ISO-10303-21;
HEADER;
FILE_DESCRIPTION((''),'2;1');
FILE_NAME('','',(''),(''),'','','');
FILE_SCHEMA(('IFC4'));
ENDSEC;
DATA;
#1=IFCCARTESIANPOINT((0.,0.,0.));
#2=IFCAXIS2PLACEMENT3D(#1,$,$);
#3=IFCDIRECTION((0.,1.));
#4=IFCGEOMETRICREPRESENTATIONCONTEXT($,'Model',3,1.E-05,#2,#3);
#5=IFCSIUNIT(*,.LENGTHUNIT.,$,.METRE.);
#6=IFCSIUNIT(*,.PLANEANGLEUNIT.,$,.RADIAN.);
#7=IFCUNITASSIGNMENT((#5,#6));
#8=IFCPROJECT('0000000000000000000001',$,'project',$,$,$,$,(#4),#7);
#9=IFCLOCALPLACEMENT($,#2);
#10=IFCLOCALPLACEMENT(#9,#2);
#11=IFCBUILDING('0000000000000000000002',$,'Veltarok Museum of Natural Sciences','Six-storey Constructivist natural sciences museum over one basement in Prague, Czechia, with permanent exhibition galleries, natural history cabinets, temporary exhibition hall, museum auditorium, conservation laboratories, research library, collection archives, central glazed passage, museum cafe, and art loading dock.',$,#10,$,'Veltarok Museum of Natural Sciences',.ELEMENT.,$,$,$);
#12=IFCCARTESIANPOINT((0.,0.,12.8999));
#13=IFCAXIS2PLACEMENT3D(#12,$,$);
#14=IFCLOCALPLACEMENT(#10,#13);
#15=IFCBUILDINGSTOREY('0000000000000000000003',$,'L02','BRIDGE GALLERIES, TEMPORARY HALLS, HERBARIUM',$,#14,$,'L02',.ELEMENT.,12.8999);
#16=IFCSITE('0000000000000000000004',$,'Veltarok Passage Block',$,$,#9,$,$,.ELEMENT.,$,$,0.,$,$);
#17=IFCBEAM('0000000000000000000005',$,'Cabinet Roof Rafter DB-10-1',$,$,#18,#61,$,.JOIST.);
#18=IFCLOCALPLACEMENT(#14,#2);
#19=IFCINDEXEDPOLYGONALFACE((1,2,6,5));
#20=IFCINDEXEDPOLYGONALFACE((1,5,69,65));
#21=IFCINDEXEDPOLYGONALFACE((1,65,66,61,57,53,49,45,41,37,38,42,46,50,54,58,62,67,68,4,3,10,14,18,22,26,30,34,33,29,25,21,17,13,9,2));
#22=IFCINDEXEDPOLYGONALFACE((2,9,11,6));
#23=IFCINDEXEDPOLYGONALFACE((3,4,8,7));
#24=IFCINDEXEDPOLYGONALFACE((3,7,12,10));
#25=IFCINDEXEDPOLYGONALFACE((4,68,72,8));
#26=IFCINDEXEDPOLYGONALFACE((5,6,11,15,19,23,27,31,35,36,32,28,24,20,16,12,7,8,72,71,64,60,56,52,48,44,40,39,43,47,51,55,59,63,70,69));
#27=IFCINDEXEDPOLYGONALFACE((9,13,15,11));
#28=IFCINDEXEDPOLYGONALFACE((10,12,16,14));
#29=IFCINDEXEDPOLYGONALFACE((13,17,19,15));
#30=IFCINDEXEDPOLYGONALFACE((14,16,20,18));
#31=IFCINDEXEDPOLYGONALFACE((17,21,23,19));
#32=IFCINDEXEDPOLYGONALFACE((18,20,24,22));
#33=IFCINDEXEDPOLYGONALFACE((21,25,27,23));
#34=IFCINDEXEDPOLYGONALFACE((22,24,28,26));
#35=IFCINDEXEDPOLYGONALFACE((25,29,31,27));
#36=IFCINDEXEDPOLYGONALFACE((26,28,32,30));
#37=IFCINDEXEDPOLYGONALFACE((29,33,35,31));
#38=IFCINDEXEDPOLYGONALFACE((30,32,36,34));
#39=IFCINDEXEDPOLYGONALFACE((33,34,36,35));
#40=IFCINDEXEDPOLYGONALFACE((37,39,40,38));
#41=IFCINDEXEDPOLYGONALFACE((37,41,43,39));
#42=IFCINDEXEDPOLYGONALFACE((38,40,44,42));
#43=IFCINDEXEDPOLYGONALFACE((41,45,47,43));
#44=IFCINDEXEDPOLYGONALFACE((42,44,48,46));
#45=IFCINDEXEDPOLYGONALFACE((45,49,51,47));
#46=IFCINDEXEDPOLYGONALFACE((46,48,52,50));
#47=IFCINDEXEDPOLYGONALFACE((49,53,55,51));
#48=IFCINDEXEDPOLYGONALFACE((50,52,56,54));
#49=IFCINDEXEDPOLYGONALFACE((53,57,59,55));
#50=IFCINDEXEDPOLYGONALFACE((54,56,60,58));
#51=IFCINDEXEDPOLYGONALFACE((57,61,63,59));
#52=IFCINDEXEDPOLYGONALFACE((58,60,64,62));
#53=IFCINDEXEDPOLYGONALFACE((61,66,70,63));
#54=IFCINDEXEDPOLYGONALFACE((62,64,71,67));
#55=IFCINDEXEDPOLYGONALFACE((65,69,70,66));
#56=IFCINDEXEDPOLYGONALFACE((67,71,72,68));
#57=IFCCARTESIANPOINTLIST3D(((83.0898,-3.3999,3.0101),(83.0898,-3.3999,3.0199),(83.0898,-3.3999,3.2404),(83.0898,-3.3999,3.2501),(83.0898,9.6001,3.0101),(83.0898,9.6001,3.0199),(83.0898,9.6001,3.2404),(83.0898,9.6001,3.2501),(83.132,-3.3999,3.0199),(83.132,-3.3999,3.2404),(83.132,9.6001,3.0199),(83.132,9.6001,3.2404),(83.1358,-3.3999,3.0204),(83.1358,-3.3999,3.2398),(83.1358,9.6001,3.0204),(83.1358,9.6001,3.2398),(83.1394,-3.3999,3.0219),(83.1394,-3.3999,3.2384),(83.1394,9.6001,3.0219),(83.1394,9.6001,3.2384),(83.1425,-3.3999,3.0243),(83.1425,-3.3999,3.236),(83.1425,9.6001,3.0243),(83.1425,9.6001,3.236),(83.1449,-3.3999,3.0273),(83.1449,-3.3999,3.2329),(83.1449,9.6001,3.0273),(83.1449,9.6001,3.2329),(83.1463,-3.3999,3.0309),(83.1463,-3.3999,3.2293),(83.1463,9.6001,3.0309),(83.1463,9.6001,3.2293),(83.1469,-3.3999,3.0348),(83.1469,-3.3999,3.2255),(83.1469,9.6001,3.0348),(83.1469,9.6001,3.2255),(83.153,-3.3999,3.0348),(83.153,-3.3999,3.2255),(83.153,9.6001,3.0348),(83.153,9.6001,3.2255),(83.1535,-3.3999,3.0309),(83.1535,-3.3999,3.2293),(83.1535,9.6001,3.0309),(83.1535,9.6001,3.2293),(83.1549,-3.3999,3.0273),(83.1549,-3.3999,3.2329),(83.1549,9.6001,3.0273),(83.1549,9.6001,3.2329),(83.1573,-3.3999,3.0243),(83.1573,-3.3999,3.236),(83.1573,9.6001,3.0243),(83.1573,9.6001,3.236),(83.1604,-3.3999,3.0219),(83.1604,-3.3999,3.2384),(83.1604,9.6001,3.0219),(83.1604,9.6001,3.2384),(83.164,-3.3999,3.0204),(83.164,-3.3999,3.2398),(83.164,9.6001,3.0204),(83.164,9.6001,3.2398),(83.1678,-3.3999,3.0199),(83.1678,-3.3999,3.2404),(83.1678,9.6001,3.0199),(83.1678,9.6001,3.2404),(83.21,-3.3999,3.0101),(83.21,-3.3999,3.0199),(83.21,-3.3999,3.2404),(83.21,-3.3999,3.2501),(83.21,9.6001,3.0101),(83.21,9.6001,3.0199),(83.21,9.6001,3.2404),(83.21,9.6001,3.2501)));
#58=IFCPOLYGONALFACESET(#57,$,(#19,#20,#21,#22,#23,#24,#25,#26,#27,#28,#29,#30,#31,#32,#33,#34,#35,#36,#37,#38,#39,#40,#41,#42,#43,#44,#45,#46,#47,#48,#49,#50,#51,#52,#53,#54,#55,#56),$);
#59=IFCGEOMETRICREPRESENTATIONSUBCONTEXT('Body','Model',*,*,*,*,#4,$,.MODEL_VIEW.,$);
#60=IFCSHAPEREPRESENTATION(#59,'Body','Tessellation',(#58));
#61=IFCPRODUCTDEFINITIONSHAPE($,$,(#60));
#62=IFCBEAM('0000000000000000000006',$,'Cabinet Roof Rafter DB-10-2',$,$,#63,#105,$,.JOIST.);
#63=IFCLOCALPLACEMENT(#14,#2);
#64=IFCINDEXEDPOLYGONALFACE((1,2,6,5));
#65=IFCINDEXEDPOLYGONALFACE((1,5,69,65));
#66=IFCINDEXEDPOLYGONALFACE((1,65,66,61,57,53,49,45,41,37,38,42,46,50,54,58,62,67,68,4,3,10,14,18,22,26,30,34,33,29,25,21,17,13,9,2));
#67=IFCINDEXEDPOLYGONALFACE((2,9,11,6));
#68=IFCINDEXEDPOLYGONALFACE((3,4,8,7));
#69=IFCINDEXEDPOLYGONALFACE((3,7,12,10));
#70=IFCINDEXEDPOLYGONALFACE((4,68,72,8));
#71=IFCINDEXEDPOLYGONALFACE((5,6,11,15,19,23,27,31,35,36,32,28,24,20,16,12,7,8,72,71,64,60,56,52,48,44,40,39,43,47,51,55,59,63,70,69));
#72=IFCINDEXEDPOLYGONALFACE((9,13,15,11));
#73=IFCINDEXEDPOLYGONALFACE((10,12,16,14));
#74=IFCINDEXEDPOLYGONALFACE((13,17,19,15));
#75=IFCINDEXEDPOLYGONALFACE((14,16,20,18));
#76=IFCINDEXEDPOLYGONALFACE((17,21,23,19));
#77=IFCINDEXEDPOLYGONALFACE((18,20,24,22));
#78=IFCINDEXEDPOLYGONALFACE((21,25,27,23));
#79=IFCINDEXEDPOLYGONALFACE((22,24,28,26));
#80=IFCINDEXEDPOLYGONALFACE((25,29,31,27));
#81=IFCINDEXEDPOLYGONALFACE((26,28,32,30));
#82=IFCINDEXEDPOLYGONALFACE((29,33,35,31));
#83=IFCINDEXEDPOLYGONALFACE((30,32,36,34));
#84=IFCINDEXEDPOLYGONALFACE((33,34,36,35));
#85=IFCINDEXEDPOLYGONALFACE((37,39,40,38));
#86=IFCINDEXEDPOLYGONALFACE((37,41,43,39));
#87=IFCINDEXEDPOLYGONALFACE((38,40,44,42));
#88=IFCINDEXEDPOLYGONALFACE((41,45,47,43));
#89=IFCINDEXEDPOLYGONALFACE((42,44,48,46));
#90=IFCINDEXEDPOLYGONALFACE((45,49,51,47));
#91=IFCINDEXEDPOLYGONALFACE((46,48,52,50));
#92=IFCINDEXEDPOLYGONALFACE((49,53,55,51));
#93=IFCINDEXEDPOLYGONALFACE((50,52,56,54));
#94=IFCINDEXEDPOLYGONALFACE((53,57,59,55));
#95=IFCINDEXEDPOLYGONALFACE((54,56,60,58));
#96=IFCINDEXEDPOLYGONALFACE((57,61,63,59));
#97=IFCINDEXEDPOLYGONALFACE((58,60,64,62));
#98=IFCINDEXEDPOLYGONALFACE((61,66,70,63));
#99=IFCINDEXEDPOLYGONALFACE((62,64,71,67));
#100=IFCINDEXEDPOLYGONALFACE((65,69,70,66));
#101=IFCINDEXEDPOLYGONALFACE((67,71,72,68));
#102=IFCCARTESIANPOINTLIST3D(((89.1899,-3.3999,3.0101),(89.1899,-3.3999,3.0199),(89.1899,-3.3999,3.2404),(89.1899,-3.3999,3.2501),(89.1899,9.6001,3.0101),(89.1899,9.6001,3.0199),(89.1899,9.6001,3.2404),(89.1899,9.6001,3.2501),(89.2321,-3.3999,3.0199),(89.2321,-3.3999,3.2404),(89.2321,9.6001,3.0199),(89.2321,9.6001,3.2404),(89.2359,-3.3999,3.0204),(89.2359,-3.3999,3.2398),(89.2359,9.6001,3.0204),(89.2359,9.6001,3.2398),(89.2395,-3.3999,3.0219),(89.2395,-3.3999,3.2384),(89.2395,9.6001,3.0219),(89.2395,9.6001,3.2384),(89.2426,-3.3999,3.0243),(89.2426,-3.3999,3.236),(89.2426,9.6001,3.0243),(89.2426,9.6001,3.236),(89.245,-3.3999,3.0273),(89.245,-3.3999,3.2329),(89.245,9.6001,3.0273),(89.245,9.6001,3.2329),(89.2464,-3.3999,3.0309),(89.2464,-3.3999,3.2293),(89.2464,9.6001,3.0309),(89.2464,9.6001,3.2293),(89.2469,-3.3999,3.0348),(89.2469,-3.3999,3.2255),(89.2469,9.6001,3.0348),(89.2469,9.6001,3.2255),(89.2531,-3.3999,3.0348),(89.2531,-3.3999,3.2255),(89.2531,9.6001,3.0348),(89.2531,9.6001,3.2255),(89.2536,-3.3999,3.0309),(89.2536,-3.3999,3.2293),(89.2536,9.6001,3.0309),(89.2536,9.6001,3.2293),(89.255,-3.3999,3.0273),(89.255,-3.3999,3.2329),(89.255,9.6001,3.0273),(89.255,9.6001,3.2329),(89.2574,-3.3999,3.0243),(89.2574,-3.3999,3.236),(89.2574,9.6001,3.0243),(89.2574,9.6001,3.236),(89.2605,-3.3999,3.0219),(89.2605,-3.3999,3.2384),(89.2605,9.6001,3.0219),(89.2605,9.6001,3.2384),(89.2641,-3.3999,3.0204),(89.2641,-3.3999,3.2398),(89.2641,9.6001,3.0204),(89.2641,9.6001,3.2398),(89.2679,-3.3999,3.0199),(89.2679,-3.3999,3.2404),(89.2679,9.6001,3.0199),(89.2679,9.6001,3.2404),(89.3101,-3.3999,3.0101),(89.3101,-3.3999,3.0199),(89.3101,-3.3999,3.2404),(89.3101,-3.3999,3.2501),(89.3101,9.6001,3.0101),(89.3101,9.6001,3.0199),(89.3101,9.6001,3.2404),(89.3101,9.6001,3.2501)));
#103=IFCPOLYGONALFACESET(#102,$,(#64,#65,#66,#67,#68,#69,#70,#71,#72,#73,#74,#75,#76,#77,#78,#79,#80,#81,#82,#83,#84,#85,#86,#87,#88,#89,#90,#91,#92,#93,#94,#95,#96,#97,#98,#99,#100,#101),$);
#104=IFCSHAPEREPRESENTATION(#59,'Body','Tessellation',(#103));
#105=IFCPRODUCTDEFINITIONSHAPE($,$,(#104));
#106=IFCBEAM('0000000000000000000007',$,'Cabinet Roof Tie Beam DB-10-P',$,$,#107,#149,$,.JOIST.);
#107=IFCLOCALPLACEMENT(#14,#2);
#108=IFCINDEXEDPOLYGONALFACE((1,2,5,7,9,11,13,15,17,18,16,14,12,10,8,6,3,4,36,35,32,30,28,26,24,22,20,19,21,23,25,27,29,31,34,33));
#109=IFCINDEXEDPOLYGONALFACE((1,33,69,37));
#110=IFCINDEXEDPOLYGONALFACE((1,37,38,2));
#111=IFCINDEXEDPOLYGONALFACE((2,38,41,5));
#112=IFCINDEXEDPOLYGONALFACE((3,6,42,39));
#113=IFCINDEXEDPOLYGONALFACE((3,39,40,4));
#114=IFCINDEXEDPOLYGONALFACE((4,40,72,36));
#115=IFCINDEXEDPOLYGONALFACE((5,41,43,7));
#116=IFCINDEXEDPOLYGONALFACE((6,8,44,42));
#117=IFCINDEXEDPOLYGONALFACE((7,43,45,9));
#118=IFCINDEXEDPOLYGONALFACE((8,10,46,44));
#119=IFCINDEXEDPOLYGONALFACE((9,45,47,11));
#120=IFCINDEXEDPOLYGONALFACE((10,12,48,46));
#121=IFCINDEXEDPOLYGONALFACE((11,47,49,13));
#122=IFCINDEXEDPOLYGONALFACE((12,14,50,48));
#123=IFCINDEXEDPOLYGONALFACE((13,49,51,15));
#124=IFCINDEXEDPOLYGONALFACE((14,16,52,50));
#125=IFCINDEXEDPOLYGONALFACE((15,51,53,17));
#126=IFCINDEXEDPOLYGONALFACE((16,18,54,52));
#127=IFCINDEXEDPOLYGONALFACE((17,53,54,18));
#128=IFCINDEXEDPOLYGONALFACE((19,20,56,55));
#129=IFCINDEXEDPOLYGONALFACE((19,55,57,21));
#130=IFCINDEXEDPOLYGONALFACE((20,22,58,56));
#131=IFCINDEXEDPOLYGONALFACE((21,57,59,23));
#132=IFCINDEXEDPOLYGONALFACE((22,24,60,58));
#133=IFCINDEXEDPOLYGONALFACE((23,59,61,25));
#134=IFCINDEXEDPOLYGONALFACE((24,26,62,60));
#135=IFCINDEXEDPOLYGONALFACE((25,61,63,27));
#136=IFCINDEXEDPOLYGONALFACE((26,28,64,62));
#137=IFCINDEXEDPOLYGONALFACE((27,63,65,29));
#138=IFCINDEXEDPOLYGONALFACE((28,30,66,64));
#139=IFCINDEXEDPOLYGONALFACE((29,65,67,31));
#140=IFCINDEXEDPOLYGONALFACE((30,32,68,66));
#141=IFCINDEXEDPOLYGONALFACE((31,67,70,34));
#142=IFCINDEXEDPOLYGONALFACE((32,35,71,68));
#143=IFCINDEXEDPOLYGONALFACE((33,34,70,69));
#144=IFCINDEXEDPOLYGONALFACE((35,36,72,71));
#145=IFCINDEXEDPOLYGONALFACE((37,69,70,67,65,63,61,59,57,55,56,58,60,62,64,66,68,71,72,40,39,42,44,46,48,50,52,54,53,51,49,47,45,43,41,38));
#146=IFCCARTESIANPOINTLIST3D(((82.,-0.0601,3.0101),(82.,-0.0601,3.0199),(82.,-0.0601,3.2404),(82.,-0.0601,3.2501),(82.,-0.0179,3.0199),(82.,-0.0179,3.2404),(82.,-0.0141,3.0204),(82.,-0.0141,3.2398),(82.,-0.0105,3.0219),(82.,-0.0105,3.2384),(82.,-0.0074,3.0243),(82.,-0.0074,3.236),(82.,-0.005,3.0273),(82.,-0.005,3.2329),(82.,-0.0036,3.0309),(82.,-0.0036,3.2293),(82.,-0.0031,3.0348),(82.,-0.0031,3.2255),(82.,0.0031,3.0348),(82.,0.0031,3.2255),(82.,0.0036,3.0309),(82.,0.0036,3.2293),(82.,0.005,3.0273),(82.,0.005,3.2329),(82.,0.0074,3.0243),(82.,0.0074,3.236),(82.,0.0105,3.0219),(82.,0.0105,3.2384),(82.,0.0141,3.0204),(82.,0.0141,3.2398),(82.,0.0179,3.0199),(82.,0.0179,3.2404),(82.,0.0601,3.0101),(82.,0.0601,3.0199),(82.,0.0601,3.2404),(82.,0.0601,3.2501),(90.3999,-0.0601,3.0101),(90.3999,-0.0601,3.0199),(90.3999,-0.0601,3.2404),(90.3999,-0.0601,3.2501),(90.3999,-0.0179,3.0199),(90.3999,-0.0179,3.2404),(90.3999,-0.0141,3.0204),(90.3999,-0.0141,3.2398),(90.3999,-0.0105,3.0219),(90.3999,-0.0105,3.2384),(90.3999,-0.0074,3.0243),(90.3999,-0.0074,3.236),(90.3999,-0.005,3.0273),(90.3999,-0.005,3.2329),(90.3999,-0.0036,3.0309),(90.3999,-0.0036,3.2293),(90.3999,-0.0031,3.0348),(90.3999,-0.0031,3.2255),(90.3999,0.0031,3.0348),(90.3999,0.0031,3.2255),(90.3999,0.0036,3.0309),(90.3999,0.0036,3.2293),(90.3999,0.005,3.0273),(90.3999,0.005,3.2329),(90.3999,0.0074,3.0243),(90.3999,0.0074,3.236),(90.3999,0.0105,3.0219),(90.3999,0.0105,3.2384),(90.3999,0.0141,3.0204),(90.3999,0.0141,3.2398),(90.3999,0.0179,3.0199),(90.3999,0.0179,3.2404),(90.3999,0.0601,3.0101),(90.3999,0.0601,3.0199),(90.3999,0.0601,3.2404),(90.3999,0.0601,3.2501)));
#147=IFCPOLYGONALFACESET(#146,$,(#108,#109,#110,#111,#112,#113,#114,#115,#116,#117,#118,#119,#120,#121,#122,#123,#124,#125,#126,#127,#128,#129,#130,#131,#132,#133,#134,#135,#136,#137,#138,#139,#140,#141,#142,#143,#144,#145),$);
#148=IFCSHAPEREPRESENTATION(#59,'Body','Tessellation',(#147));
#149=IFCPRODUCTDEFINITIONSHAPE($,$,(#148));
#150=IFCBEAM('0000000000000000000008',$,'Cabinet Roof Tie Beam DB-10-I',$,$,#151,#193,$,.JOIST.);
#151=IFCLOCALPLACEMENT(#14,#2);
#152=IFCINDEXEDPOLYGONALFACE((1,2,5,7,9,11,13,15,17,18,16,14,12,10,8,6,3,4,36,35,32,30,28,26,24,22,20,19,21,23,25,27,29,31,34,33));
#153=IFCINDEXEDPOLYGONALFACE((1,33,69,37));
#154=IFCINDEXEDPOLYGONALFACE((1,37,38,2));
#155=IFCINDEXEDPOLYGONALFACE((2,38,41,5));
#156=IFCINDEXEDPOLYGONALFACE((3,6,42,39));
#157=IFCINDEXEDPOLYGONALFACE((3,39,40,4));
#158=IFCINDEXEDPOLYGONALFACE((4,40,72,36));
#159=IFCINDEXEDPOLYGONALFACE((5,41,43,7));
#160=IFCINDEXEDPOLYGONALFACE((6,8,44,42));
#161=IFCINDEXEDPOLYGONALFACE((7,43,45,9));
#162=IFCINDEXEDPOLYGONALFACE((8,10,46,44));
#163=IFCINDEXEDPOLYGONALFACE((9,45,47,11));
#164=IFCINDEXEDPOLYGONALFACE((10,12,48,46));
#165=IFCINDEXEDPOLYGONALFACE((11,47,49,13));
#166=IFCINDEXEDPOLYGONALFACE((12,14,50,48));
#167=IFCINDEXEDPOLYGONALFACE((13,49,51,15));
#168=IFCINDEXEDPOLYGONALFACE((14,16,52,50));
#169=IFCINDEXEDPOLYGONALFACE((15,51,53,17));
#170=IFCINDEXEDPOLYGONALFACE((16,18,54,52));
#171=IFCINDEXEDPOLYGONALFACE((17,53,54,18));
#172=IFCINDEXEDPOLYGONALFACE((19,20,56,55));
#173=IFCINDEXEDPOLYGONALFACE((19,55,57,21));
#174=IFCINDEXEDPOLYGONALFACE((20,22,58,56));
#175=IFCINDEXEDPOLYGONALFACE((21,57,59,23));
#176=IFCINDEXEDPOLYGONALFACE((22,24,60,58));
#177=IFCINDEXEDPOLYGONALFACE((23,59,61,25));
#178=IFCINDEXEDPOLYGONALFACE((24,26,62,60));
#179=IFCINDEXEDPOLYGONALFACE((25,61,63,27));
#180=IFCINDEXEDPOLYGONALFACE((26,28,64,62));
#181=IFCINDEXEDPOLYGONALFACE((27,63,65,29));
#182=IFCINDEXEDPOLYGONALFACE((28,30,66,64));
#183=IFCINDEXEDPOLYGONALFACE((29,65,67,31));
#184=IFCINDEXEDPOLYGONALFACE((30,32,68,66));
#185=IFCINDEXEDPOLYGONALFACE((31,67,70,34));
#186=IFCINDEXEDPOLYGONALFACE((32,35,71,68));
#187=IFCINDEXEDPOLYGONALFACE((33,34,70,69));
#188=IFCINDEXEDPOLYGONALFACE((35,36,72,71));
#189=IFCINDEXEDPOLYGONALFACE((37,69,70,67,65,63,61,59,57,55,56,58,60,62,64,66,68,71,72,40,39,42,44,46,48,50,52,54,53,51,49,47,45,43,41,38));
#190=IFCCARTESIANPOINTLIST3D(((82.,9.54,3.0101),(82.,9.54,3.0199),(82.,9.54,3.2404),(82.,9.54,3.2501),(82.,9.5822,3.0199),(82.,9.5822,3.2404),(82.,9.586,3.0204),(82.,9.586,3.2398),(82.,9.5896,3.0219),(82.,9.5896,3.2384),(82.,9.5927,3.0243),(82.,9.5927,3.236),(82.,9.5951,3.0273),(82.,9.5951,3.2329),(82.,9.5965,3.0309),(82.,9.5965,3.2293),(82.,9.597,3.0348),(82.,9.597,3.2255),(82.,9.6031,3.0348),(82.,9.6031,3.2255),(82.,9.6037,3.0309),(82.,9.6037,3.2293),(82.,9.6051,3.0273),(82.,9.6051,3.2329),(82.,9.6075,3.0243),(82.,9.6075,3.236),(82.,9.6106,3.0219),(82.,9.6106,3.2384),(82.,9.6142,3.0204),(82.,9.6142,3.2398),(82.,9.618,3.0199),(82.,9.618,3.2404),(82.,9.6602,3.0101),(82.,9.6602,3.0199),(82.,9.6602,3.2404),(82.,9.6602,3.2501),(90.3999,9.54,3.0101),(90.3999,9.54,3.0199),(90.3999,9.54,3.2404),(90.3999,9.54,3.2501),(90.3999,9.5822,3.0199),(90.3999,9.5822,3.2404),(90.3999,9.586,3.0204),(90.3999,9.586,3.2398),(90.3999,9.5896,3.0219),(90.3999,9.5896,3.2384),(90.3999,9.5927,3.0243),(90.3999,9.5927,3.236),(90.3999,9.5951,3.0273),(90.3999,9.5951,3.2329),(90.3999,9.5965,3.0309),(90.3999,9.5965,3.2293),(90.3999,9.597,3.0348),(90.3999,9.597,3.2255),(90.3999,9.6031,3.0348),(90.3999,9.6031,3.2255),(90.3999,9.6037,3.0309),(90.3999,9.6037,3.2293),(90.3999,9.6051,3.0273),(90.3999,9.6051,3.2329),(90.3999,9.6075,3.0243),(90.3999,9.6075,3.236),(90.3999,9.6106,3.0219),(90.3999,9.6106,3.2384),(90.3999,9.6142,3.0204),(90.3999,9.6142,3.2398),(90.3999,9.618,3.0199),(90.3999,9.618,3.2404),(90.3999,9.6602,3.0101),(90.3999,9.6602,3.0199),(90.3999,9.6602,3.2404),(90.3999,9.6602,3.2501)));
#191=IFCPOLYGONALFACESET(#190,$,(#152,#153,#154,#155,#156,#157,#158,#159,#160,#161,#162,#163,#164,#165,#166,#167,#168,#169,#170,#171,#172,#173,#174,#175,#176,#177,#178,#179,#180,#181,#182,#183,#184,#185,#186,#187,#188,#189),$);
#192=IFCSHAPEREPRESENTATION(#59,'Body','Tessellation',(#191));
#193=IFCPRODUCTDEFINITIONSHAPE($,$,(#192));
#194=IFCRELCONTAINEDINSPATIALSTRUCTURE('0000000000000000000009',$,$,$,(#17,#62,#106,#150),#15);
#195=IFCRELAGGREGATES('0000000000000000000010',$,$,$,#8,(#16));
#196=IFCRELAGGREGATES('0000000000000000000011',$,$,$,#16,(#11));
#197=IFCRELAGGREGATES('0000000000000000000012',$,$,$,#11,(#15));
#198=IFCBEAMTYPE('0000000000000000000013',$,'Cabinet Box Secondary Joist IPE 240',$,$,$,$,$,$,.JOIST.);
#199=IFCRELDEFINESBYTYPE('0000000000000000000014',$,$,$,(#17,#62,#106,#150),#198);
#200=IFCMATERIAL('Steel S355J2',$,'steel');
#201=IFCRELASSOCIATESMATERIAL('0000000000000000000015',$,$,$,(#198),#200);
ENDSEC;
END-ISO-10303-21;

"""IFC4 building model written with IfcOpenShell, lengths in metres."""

from ifc_helpers import new_model, si_unit, direction, frame, origin, origin_2d, place, context, subcontext, project, spatial, i_section, extrude, material, material_profile, profile_set, type_object, element, save


model = new_model("IFC4")

# Units and contexts
model_context = context("Model", 3, precision=1e-05, world=origin(), true_north=direction((0.0, 1.0)))
body_context = subcontext(model_context, "Body", "Model", "MODEL_VIEW")
ifc_project = project(units=[si_unit("LENGTHUNIT", "METRE"), si_unit("PLANEANGLEUNIT", "RADIAN")], contexts=[model_context])

# Site, building, storey
site_placement = place(None, origin())
site = spatial("IfcSite", under=ifc_project, at=site_placement, Name="Veltarok Passage Block", CompositionType="ELEMENT", RefElevation=0.0)
building_placement = place(site_placement, origin())
building = spatial("IfcBuilding", under=site, at=building_placement, Name="Veltarok Museum of Natural Sciences", Description="Six-storey Constructivist natural sciences museum over one basement in Prague, Czechia, with permanent exhibition galleries, natural history cabinets, temporary exhibition hall, museum auditorium, conservation laboratories, research library, collection archives, central glazed passage, museum cafe, and art loading dock.", LongName="Veltarok Museum of Natural Sciences", CompositionType="ELEMENT")
storey_placement = place(building_placement, frame((0.0, 0.0, 12.8999)))
storey = spatial("IfcBuildingStorey", under=building, at=storey_placement, Name="L02", Description="BRIDGE GALLERIES, TEMPORARY HALLS, HERBARIUM", LongName="L02", CompositionType="ELEMENT", Elevation=12.8999)

# Shared definitions
ifc_material_1 = material(Name="Steel S355J2", Category="steel")

# Beams
ifc_material_profile_1 = material_profile(ifc_material_1, i_section(OverallWidth=0.1201, OverallDepth=0.24, WebThickness=0.0061, FlangeThickness=0.0098, FilletRadius=0.0149, at=origin_2d()), Name="IPE 240")
ifc_profile_set_1 = profile_set([ifc_material_profile_1], Name="Steel S355J2")
beam_type_1 = type_object("IfcBeamType", Name="Cabinet Box Secondary Joist IPE 240", PredefinedType="JOIST", material=ifc_profile_set_1)
for number, where, z_axis, x_axis, name in (
    (1, (83.1499, -3.3999, 3.1301), (0.0, 1.0, 0.0), (-1.0, 0.0, 0.0), "Cabinet Roof Rafter DB-10-1"),
    (2, (89.25, -3.3999, 3.1301), (0.0, 1.0, 0.0), (-1.0, 0.0, 0.0), "Cabinet Roof Rafter DB-10-2"),
):
    element("IfcBeam", number, at=place(storey_placement, frame(where, z_axis=z_axis, x_axis=x_axis)), inside=storey, type_object=beam_type_1, Name=name, PredefinedType="JOIST", context=body_context, shape_type="SweptSolid", body=[
        extrude(i_section(OverallWidth=0.1201, OverallDepth=0.24, WebThickness=0.0061, FlangeThickness=0.0098, FilletRadius=0.0149, at=origin_2d()), origin(), (0.0, 0.0, 1.0), 13.0),
    ])
for number, where, z_axis, x_axis, name in (
    (3, (82.0, 0.0, 3.1301), (1.0, 0.0, 0.0), (0.0, 1.0, 0.0), "Cabinet Roof Tie Beam DB-10-P"),
    (4, (82.0, 9.6001, 3.1301), (1.0, 0.0, 0.0), (0.0, 1.0, 0.0), "Cabinet Roof Tie Beam DB-10-I"),
):
    element("IfcBeam", number, at=place(storey_placement, frame(where, z_axis=z_axis, x_axis=x_axis)), inside=storey, type_object=beam_type_1, Name=name, PredefinedType="JOIST", context=body_context, shape_type="SweptSolid", body=[
        extrude(i_section(OverallWidth=0.1201, OverallDepth=0.24, WebThickness=0.0061, FlangeThickness=0.0098, FilletRadius=0.0149, at=origin_2d()), origin(), (0.0, 0.0, 1.0), 8.3999),
    ])

save(model, "model.ifc")
